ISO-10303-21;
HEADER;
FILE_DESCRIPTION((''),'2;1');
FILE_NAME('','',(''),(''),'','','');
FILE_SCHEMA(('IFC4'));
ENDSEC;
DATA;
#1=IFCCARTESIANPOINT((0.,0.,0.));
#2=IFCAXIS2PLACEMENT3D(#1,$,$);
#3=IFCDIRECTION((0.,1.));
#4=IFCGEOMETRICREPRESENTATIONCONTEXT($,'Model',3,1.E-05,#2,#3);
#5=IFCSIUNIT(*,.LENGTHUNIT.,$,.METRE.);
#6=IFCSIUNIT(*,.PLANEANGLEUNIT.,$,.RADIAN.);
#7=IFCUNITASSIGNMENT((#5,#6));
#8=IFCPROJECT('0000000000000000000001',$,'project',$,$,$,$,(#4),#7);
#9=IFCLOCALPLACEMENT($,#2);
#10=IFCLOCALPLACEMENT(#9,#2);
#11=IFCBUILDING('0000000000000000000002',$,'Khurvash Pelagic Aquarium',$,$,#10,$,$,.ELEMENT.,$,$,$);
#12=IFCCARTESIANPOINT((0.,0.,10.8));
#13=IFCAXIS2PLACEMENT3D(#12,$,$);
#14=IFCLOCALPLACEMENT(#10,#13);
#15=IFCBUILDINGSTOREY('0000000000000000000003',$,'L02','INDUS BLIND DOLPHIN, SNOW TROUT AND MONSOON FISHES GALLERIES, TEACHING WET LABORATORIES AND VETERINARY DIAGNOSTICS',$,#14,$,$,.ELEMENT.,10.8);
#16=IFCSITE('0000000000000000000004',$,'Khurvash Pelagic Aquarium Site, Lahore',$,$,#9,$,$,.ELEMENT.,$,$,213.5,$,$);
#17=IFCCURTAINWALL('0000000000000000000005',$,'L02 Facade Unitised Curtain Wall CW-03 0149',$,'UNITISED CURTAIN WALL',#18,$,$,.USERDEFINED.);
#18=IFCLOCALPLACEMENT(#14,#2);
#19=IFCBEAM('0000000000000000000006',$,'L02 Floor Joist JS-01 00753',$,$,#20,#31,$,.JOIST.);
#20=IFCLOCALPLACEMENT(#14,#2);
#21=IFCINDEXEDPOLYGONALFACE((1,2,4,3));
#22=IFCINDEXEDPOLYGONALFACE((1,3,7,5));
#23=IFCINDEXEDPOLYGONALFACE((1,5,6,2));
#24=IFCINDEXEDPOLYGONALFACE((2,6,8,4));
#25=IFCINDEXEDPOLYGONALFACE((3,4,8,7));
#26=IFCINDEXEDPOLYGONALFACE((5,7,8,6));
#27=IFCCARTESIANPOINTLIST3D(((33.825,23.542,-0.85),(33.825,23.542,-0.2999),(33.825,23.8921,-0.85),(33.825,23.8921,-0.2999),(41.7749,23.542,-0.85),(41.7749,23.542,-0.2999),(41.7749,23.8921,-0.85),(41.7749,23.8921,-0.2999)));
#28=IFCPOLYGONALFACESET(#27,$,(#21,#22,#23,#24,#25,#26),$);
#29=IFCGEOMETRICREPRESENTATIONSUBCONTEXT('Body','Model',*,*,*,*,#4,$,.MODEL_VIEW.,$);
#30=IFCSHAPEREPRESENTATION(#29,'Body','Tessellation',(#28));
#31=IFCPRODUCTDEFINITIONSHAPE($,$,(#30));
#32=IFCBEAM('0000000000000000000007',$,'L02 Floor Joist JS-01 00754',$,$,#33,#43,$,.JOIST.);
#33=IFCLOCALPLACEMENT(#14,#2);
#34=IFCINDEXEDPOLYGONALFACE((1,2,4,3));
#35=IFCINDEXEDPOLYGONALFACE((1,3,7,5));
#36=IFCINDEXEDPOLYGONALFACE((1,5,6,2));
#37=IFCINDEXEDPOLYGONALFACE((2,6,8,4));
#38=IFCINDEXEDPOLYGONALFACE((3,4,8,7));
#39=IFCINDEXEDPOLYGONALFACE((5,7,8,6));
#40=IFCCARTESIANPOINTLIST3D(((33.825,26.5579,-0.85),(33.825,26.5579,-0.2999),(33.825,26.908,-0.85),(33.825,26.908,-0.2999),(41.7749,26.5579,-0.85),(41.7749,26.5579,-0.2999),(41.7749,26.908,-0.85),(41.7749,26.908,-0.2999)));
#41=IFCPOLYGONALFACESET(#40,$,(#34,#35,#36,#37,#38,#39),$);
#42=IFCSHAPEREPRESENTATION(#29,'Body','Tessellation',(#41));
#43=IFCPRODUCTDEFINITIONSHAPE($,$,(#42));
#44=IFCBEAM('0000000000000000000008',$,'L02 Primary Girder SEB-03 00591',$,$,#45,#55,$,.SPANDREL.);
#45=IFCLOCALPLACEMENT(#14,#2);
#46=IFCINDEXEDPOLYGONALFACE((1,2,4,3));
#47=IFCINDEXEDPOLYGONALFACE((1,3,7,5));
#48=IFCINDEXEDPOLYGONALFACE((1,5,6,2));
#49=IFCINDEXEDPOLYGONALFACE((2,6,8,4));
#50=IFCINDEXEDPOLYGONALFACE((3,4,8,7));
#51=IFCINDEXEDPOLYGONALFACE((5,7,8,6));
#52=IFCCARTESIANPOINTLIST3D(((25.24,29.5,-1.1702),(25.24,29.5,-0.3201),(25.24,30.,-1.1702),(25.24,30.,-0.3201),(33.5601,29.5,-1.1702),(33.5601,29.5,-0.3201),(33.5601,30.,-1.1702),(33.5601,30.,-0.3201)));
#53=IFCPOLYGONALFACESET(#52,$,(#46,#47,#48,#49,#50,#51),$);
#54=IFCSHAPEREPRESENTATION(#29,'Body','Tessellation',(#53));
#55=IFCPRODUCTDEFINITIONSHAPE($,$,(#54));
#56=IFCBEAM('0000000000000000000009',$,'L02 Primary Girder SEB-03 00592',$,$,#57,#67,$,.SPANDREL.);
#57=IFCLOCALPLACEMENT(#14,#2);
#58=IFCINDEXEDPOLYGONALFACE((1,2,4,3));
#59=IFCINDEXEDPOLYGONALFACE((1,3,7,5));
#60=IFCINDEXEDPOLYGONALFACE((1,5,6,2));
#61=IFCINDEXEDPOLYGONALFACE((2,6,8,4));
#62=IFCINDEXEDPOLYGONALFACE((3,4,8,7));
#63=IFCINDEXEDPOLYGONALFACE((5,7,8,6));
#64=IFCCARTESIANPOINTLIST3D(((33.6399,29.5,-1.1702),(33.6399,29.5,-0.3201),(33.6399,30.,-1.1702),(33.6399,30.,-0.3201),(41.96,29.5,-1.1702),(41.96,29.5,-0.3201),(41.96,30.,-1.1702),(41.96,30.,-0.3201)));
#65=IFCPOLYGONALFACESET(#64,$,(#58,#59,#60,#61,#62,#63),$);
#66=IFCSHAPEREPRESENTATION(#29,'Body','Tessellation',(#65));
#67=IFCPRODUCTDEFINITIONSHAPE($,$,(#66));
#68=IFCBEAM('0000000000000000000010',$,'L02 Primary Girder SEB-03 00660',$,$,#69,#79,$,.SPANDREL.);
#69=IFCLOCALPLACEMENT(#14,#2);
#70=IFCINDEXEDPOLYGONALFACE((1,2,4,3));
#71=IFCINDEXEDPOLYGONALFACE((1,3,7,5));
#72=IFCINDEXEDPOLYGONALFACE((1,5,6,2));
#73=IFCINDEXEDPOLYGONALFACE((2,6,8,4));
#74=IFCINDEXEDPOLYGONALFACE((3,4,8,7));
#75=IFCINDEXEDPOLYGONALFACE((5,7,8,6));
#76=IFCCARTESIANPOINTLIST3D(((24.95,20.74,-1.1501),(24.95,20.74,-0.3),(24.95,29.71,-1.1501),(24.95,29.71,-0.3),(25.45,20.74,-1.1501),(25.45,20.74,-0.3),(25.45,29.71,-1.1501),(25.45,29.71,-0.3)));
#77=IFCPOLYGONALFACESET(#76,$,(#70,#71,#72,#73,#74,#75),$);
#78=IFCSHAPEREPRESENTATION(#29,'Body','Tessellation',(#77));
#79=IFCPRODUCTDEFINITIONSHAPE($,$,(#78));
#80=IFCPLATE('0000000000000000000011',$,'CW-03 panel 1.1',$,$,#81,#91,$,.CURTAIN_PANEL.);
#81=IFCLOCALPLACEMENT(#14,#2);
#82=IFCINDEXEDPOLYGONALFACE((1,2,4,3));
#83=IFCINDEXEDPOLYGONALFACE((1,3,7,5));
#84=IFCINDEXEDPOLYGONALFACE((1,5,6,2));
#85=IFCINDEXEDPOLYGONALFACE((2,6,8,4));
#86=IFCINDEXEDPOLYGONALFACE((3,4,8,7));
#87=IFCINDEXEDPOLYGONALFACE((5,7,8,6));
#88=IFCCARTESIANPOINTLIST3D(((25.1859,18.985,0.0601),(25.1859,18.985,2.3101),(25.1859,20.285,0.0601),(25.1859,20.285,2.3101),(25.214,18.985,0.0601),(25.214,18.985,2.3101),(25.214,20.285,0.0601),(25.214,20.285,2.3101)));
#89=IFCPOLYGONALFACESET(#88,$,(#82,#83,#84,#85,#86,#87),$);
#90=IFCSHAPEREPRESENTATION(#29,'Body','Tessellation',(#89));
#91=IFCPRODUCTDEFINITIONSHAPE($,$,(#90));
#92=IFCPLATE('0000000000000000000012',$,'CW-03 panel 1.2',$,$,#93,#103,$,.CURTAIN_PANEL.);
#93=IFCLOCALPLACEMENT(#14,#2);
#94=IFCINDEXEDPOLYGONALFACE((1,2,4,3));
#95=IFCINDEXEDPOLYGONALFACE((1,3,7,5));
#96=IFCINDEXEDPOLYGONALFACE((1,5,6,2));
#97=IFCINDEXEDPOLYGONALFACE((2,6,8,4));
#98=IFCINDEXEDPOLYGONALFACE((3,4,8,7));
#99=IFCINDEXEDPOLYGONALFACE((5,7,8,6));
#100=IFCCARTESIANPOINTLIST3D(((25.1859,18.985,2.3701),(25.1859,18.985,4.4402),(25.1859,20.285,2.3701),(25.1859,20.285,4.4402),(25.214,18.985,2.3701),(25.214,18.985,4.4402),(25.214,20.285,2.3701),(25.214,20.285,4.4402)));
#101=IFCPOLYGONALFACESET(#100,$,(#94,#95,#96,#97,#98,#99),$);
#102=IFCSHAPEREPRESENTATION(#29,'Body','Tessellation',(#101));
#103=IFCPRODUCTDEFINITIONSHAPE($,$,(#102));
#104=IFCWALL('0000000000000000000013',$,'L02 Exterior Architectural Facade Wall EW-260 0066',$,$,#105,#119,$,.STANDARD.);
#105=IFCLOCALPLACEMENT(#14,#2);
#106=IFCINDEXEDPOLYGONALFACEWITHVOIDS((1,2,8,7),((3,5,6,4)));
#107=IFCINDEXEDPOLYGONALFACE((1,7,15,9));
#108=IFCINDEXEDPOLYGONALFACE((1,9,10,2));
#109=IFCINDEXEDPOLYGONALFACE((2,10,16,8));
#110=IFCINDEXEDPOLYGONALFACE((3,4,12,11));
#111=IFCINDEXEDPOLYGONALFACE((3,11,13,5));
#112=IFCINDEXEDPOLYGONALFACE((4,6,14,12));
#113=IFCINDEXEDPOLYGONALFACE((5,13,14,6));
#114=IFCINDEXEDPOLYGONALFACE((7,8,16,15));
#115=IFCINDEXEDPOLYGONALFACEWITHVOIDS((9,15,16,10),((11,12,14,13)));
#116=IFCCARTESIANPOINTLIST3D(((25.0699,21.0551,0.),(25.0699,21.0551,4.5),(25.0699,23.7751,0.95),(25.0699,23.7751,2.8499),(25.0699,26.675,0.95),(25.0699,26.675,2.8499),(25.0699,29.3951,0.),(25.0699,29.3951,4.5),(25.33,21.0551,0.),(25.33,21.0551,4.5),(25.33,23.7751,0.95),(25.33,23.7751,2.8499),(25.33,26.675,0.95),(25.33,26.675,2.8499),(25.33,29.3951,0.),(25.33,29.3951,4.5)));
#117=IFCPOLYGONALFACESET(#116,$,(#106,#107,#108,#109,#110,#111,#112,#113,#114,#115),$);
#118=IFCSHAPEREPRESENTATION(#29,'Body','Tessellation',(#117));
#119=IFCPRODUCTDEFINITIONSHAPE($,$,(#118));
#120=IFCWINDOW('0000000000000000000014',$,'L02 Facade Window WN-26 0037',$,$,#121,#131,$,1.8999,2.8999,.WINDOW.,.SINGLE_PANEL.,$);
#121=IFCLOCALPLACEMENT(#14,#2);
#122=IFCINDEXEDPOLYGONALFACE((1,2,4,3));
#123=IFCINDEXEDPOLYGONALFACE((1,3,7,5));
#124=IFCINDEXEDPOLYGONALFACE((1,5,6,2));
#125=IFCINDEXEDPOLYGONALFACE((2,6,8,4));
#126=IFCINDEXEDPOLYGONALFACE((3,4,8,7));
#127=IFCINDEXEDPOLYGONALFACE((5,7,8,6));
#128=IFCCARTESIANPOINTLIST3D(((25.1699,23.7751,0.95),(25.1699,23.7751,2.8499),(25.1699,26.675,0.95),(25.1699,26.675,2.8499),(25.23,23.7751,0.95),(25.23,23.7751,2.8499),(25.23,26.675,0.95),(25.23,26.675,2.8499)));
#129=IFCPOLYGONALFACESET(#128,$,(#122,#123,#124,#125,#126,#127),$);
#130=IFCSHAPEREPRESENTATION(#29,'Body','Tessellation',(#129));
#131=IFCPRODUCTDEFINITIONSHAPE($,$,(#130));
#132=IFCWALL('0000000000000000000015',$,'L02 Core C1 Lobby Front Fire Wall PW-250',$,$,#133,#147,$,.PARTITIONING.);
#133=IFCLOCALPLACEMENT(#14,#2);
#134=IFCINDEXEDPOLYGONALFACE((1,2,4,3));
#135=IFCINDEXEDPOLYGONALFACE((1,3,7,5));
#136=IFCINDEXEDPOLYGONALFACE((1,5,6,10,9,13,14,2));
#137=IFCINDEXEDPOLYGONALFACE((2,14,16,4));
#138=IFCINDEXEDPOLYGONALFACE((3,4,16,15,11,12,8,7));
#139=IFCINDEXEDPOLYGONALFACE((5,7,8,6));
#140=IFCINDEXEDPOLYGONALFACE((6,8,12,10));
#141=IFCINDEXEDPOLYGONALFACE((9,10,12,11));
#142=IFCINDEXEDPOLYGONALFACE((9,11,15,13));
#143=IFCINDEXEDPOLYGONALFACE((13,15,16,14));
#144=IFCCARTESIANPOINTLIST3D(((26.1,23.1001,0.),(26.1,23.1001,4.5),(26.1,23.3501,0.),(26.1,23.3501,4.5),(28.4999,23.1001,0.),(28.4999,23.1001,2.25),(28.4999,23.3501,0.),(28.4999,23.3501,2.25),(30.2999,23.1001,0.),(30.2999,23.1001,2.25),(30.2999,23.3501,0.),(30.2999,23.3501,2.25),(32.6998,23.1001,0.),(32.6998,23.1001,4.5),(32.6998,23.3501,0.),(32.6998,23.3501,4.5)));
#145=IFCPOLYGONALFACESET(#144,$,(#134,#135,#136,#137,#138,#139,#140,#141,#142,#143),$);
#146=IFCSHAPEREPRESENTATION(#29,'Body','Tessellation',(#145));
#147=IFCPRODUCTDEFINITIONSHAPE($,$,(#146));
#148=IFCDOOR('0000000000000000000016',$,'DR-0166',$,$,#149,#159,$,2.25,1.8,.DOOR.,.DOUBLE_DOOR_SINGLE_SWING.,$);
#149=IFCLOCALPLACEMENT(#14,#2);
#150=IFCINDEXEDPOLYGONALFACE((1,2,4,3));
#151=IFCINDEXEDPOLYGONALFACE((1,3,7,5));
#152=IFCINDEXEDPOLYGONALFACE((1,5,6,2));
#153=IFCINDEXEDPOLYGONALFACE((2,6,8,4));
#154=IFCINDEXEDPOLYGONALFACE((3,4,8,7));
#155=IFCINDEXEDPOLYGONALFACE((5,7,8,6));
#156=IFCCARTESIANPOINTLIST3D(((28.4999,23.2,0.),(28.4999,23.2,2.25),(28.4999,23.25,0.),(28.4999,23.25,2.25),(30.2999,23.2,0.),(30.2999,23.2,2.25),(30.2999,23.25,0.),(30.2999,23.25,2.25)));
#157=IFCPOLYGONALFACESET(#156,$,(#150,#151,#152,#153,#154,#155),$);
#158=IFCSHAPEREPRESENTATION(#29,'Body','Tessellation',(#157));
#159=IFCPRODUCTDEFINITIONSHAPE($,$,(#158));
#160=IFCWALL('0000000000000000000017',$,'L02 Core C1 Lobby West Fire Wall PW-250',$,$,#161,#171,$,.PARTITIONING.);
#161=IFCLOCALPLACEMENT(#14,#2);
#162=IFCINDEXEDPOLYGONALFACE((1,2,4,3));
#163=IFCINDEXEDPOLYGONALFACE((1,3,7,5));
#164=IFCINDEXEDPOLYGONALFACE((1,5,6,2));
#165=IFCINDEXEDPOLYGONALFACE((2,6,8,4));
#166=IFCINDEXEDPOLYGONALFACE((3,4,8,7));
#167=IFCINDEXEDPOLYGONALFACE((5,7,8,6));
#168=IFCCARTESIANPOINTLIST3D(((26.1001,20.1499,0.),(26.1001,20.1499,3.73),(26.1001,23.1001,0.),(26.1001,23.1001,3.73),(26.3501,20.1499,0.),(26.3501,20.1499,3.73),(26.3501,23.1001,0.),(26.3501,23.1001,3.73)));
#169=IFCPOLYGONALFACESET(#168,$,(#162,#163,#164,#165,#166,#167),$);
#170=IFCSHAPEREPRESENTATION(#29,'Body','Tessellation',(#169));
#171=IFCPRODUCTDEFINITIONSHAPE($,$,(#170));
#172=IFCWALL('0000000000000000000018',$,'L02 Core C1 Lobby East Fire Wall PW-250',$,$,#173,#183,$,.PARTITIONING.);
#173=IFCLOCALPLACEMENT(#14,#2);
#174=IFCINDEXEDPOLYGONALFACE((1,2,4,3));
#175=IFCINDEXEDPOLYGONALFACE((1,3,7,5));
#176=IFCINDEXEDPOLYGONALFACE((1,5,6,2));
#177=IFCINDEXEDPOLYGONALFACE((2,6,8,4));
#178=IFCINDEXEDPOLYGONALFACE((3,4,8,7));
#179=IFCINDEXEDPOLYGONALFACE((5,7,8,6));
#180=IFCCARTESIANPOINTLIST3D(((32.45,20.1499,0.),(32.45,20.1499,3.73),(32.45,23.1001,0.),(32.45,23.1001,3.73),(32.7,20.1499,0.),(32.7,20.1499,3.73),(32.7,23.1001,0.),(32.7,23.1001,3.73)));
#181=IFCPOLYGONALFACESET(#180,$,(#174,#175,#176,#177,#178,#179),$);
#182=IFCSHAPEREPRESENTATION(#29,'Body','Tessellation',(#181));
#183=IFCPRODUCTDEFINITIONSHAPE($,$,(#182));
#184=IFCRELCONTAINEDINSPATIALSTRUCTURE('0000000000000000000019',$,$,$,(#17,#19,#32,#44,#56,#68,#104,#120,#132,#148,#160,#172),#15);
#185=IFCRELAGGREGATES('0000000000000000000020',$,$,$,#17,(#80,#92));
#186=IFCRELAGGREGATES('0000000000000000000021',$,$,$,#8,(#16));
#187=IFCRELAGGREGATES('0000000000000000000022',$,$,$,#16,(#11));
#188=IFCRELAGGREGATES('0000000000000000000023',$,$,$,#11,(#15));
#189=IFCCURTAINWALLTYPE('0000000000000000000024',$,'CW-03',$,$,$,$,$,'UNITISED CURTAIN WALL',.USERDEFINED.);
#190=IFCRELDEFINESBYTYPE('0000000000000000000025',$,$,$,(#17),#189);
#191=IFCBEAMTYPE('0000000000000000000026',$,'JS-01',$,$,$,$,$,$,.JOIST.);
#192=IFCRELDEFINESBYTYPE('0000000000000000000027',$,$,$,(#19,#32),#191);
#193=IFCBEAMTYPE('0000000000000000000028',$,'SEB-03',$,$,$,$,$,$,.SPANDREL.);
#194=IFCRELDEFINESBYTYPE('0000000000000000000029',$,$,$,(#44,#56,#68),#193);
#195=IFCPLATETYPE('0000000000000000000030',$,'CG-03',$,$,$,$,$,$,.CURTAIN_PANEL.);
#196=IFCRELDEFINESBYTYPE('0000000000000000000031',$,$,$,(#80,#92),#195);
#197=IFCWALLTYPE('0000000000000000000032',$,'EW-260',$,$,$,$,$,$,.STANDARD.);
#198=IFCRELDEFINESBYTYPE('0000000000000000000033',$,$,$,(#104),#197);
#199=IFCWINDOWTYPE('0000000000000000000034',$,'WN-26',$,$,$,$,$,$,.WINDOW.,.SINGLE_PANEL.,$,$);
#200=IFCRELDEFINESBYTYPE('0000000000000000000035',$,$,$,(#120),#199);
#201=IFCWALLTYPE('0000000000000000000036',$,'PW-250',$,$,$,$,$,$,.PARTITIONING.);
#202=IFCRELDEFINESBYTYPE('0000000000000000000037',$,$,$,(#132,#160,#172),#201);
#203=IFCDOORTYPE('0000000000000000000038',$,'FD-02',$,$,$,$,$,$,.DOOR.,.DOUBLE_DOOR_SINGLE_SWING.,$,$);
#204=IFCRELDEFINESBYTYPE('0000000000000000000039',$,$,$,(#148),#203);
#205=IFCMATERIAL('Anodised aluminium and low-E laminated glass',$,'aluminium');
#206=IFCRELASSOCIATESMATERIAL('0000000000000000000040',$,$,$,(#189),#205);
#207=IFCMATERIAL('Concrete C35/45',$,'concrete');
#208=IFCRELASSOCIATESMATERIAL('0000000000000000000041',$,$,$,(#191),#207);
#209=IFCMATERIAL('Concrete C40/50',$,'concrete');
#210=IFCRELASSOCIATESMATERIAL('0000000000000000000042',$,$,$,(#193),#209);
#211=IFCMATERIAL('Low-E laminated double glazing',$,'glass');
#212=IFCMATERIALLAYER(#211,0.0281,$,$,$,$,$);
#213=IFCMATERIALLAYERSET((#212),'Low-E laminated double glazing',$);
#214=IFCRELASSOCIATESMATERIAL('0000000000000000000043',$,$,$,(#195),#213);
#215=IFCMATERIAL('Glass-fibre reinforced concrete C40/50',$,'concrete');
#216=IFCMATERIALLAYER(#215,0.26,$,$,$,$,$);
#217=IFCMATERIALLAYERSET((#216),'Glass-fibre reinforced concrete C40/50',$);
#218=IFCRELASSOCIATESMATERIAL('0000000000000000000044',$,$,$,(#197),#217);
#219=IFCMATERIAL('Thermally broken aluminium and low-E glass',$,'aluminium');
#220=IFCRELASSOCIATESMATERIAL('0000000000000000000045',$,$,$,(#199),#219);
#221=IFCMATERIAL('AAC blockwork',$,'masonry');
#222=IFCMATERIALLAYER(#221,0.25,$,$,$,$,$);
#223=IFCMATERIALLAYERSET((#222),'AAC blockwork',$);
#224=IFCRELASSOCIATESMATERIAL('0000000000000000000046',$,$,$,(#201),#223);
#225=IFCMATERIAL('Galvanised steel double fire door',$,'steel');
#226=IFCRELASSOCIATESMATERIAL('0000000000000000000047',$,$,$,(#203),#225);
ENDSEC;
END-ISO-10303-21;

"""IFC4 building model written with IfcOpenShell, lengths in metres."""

from ifc_helpers import new_model, si_unit, direction, frame, frame_2d, origin, origin_2d, place, context, subcontext, project, spatial, rectangle, extrude, material, layer, layer_set, material_profile, profile_set, type_object, element, fill, aggregate, save


model = new_model("IFC4")

# Units and contexts
model_context = context("Model", 3, precision=1e-05, world=origin(), true_north=direction((0.0, 1.0)))
body_context = subcontext(model_context, "Body", "Model", "MODEL_VIEW")
ifc_project = project(units=[si_unit("LENGTHUNIT", "METRE"), si_unit("PLANEANGLEUNIT", "RADIAN")], contexts=[model_context])

# Site, building, storey
site_placement = place(None, origin())
site = spatial("IfcSite", under=ifc_project, at=site_placement, Name="Khurvash Pelagic Aquarium Site, Lahore", CompositionType="ELEMENT", RefElevation=213.5)
building_placement = place(site_placement, origin())
building = spatial("IfcBuilding", under=site, at=building_placement, Name="Khurvash Pelagic Aquarium", CompositionType="ELEMENT")
storey_placement = place(building_placement, frame((0.0, 0.0, 10.8)))
storey = spatial("IfcBuildingStorey", under=building, at=storey_placement, Name="L02", Description="INDUS BLIND DOLPHIN, SNOW TROUT AND MONSOON FISHES GALLERIES, TEACHING WET LABORATORIES AND VETERINARY DIAGNOSTICS", CompositionType="ELEMENT", Elevation=10.8)

# Shared definitions
ifc_material_1 = material(Name="Concrete C40/50", Category="concrete")

# Shared definitions
ifc_material_2 = material(Name="Concrete C35/45", Category="concrete")

# Curtain wall
ifc_material_3 = material(Name="Anodised aluminium and low-E laminated glass", Category="aluminium")
curtain_wall_type = type_object("IfcCurtainWallType", Name="CW-03", ElementType="UNITISED CURTAIN WALL", PredefinedType="USERDEFINED", material=ifc_material_3)
curtain_wall_placement = place(storey_placement, origin())
curtain_wall = element("IfcCurtainWall", 1, at=curtain_wall_placement, inside=storey, type_object=curtain_wall_type, Name="L02 Facade Unitised Curtain Wall CW-03 0149", ObjectType="UNITISED CURTAIN WALL", PredefinedType="USERDEFINED")

# Beams
ifc_material_profile_1 = material_profile(ifc_material_2, rectangle(XDim=0.3501, YDim=0.55, at=origin_2d()), Name="RC350X550")
ifc_profile_set_1 = profile_set([ifc_material_profile_1], Name="Concrete C35/45")
beam_type_1 = type_object("IfcBeamType", Name="JS-01", PredefinedType="JOIST", material=ifc_profile_set_1)
for number, where, z_axis, x_axis, name in (
    (2, (33.825, 23.717, -0.575), (1.0, 0.0, 0.0), (0.0, 1.0, 0.0), "L02 Floor Joist JS-01 00753"),
    (3, (33.825, 26.7329, -0.575), (1.0, 0.0, 0.0), (0.0, 1.0, 0.0), "L02 Floor Joist JS-01 00754"),
):
    element("IfcBeam", number, at=place(storey_placement, frame(where, z_axis=z_axis, x_axis=x_axis)), inside=storey, type_object=beam_type_1, Name=name, PredefinedType="JOIST", context=body_context, shape_type="SweptSolid", body=[
        extrude(rectangle(XDim=0.3501, YDim=0.55, at=origin_2d()), origin(), (0.0, 0.0, 1.0), 7.95),
    ])
ifc_material_profile_2 = material_profile(ifc_material_1, rectangle(XDim=0.5, YDim=0.8501, at=origin_2d()), Name="RC500X850")
ifc_profile_set_2 = profile_set([ifc_material_profile_2], Name="Concrete C40/50")
beam_type_2 = type_object("IfcBeamType", Name="SEB-03", PredefinedType="SPANDREL", material=ifc_profile_set_2)
for number, where, z_axis, x_axis, name in (
    (4, (25.24, 29.75, -0.7451), (1.0, 0.0, 0.0), (0.0, 1.0, 0.0), "L02 Primary Girder SEB-03 00591"),
    (5, (33.6399, 29.75, -0.7451), (1.0, 0.0, 0.0), (0.0, 1.0, 0.0), "L02 Primary Girder SEB-03 00592"),
):
    element("IfcBeam", number, at=place(storey_placement, frame(where, z_axis=z_axis, x_axis=x_axis)), inside=storey, type_object=beam_type_2, Name=name, PredefinedType="SPANDREL", context=body_context, shape_type="SweptSolid", body=[
        extrude(rectangle(XDim=0.5, YDim=0.8501, at=origin_2d()), origin(), (0.0, 0.0, 1.0), 8.3201),
    ])
beam_1_placement = place(storey_placement, frame((25.2, 20.74, -0.7251), z_axis=(0.0, 1.0, 0.0), x_axis=(-1.0, 0.0, 0.0)))
element("IfcBeam", 6, at=beam_1_placement, inside=storey, type_object=beam_type_2, Name="L02 Primary Girder SEB-03 00660", PredefinedType="SPANDREL", context=body_context, shape_type="SweptSolid", body=[
    extrude(rectangle(XDim=0.5, YDim=0.8501, at=origin_2d()), origin(), (0.0, 0.0, 1.0), 8.97),
])

# Plates
ifc_material_4 = material(Name="Low-E laminated double glazing", Category="glass")
ifc_layer_1 = layer(ifc_material_4, 0.0281)
ifc_layer_set_1 = layer_set([ifc_layer_1], Name="Low-E laminated double glazing")
plate_type = type_object("IfcPlateType", Name="CG-03", PredefinedType="CURTAIN_PANEL", material=ifc_layer_set_1)
plate_1_placement = place(storey_placement, frame((25.2, 19.635, 0.0601), z_axis=(0.0, 0.0, 1.0), x_axis=(0.0, -1.0, 0.0)))
plate_1 = element("IfcPlate", 7, at=plate_1_placement, type_object=plate_type, Name="CW-03 panel 1.1", PredefinedType="CURTAIN_PANEL", context=body_context, shape_type="SweptSolid", body=[
    extrude(rectangle(XDim=1.3, YDim=0.0281, at=origin_2d()), origin(), (0.0, 0.0, 1.0), 2.25),
])
plate_2_placement = place(storey_placement, frame((25.2, 19.635, 2.3701), z_axis=(0.0, 0.0, 1.0), x_axis=(0.0, -1.0, 0.0)))
plate_2 = element("IfcPlate", 8, at=plate_2_placement, type_object=plate_type, Name="CW-03 panel 1.2", PredefinedType="CURTAIN_PANEL", context=body_context, shape_type="SweptSolid", body=[
    extrude(rectangle(XDim=1.3, YDim=0.0281, at=origin_2d()), origin(), (0.0, 0.0, 1.0), 2.0701),
])
aggregate(curtain_wall, [plate_1, plate_2])

# Wall, opening, window
ifc_material_5 = material(Name="Glass-fibre reinforced concrete C40/50", Category="concrete")
ifc_layer_2 = layer(ifc_material_5, 0.26)
ifc_layer_set_2 = layer_set([ifc_layer_2], Name="Glass-fibre reinforced concrete C40/50")
wall_type_1 = type_object("IfcWallType", Name="EW-260", PredefinedType="STANDARD", material=ifc_layer_set_2)
wall_1_placement = place(storey_placement, frame((25.2, 29.395, 0.0), z_axis=(0.0, 0.0, 1.0), x_axis=(0.0, -1.0, 0.0)))
wall_1 = element("IfcWall", 9, at=wall_1_placement, inside=storey, type_object=wall_type_1, Name="L02 Exterior Architectural Facade Wall EW-260 0066", PredefinedType="STANDARD", context=body_context, shape_type="SweptSolid", body=[
    extrude(rectangle(XDim=8.3401, YDim=0.26, at=frame_2d((4.1699, 0.0))), origin(), (0.0, 0.0, 1.0), 4.5),
])
opening_1_placement = place(wall_1_placement, frame((2.72, 0.0, 0.95)))
opening_1 = element("IfcOpeningElement", 10, at=opening_1_placement, cuts=wall_1, PredefinedType="OPENING", context=body_context, shape_type="SweptSolid", body=[
    extrude(rectangle(XDim=2.8999, YDim=1.8999, at=frame_2d((1.45, 0.95))), frame((0.0, 0.1401, 0.0), z_axis=(0.0, -1.0, 0.0), x_axis=(1.0, 0.0, 0.0)), (0.0, 0.0, 1.0), 0.28),
])
ifc_material_6 = material(Name="Thermally broken aluminium and low-E glass", Category="aluminium")
window_type = type_object("IfcWindowType", Name="WN-26", PartitioningType="SINGLE_PANEL", PredefinedType="WINDOW", material=ifc_material_6)
window_placement = place(opening_1_placement, origin())
window = element("IfcWindow", 11, at=window_placement, inside=storey, type_object=window_type, Name="L02 Facade Window WN-26 0037", OverallHeight=1.8999, OverallWidth=2.8999, PartitioningType="SINGLE_PANEL", PredefinedType="WINDOW", context=body_context, shape_type="SweptSolid", body=[
    extrude(rectangle(XDim=2.8999, YDim=1.8999, at=frame_2d((1.45, 0.95))), frame((0.0, 0.03, 0.0), z_axis=(0.0, -1.0, 0.0), x_axis=(1.0, 0.0, 0.0)), (0.0, 0.0, 1.0), 0.0601),
])
fill(opening_1, window)

# Wall, opening, door
ifc_material_7 = material(Name="AAC blockwork", Category="masonry")
ifc_layer_3 = layer(ifc_material_7, 0.25)
ifc_layer_set_3 = layer_set([ifc_layer_3], Name="AAC blockwork")
wall_type_2 = type_object("IfcWallType", Name="PW-250", PredefinedType="PARTITIONING", material=ifc_layer_set_3)
wall_2_placement = place(storey_placement, frame((26.1001, 23.2251, 0.0), z_axis=(0.0, 0.0, 1.0), x_axis=(1.0, 0.0, 0.0)))
wall_2 = element("IfcWall", 12, at=wall_2_placement, inside=storey, type_object=wall_type_2, Name="L02 Core C1 Lobby Front Fire Wall PW-250", PredefinedType="PARTITIONING", context=body_context, shape_type="SweptSolid", body=[
    extrude(rectangle(XDim=6.5999, YDim=0.25, at=frame_2d((3.2998, 0.0))), origin(), (0.0, 0.0, 1.0), 4.5),
])
opening_2_placement = place(wall_2_placement, frame((2.3999, 0.0, 0.0)))
opening_2 = element("IfcOpeningElement", 13, at=opening_2_placement, cuts=wall_2, PredefinedType="OPENING", context=body_context, shape_type="SweptSolid", body=[
    extrude(rectangle(XDim=1.8, YDim=2.25, at=frame_2d((0.8999, 1.125))), frame((0.0, 0.135, 0.0), z_axis=(0.0, -1.0, 0.0), x_axis=(1.0, 0.0, 0.0)), (0.0, 0.0, 1.0), 0.27),
])
ifc_material_8 = material(Name="Galvanised steel double fire door", Category="steel")
door_type_1 = type_object("IfcDoorType", Name="FD-02", OperationType="DOUBLE_DOOR_SINGLE_SWING", PredefinedType="DOOR", material=ifc_material_8)
door_1_placement = place(opening_2_placement, origin())
door_1 = element("IfcDoor", 14, at=door_1_placement, inside=storey, type_object=door_type_1, Name="DR-0166", OperationType="DOUBLE_DOOR_SINGLE_SWING", OverallHeight=2.25, OverallWidth=1.8, PredefinedType="DOOR", context=body_context, shape_type="SweptSolid", body=[
    extrude(rectangle(XDim=1.8, YDim=2.25, at=frame_2d((0.8999, 1.125))), frame((0.0, 0.0249, 0.0), z_axis=(0.0, -1.0, 0.0), x_axis=(1.0, 0.0, 0.0)), (0.0, 0.0, 1.0), 0.05),
])
fill(opening_2, door_1)

# Walls
for number, where, z_axis, x_axis, name in (
    (15, (26.2251, 20.1499, 0.0), (0.0, 0.0, 1.0), (0.0, 1.0, 0.0), "L02 Core C1 Lobby West Fire Wall PW-250"),
    (16, (32.575, 20.1499, 0.0), (0.0, 0.0, 1.0), (0.0, 1.0, 0.0), "L02 Core C1 Lobby East Fire Wall PW-250"),
):
    element("IfcWall", number, at=place(storey_placement, frame(where, z_axis=z_axis, x_axis=x_axis)), inside=storey, type_object=wall_type_2, Name=name, PredefinedType="PARTITIONING", context=body_context, shape_type="SweptSolid", body=[
        extrude(rectangle(XDim=2.9502, YDim=0.25, at=frame_2d((1.4751, 0.0))), origin(), (0.0, 0.0, 1.0), 3.73),
    ])

save(model, "model.ifc")
